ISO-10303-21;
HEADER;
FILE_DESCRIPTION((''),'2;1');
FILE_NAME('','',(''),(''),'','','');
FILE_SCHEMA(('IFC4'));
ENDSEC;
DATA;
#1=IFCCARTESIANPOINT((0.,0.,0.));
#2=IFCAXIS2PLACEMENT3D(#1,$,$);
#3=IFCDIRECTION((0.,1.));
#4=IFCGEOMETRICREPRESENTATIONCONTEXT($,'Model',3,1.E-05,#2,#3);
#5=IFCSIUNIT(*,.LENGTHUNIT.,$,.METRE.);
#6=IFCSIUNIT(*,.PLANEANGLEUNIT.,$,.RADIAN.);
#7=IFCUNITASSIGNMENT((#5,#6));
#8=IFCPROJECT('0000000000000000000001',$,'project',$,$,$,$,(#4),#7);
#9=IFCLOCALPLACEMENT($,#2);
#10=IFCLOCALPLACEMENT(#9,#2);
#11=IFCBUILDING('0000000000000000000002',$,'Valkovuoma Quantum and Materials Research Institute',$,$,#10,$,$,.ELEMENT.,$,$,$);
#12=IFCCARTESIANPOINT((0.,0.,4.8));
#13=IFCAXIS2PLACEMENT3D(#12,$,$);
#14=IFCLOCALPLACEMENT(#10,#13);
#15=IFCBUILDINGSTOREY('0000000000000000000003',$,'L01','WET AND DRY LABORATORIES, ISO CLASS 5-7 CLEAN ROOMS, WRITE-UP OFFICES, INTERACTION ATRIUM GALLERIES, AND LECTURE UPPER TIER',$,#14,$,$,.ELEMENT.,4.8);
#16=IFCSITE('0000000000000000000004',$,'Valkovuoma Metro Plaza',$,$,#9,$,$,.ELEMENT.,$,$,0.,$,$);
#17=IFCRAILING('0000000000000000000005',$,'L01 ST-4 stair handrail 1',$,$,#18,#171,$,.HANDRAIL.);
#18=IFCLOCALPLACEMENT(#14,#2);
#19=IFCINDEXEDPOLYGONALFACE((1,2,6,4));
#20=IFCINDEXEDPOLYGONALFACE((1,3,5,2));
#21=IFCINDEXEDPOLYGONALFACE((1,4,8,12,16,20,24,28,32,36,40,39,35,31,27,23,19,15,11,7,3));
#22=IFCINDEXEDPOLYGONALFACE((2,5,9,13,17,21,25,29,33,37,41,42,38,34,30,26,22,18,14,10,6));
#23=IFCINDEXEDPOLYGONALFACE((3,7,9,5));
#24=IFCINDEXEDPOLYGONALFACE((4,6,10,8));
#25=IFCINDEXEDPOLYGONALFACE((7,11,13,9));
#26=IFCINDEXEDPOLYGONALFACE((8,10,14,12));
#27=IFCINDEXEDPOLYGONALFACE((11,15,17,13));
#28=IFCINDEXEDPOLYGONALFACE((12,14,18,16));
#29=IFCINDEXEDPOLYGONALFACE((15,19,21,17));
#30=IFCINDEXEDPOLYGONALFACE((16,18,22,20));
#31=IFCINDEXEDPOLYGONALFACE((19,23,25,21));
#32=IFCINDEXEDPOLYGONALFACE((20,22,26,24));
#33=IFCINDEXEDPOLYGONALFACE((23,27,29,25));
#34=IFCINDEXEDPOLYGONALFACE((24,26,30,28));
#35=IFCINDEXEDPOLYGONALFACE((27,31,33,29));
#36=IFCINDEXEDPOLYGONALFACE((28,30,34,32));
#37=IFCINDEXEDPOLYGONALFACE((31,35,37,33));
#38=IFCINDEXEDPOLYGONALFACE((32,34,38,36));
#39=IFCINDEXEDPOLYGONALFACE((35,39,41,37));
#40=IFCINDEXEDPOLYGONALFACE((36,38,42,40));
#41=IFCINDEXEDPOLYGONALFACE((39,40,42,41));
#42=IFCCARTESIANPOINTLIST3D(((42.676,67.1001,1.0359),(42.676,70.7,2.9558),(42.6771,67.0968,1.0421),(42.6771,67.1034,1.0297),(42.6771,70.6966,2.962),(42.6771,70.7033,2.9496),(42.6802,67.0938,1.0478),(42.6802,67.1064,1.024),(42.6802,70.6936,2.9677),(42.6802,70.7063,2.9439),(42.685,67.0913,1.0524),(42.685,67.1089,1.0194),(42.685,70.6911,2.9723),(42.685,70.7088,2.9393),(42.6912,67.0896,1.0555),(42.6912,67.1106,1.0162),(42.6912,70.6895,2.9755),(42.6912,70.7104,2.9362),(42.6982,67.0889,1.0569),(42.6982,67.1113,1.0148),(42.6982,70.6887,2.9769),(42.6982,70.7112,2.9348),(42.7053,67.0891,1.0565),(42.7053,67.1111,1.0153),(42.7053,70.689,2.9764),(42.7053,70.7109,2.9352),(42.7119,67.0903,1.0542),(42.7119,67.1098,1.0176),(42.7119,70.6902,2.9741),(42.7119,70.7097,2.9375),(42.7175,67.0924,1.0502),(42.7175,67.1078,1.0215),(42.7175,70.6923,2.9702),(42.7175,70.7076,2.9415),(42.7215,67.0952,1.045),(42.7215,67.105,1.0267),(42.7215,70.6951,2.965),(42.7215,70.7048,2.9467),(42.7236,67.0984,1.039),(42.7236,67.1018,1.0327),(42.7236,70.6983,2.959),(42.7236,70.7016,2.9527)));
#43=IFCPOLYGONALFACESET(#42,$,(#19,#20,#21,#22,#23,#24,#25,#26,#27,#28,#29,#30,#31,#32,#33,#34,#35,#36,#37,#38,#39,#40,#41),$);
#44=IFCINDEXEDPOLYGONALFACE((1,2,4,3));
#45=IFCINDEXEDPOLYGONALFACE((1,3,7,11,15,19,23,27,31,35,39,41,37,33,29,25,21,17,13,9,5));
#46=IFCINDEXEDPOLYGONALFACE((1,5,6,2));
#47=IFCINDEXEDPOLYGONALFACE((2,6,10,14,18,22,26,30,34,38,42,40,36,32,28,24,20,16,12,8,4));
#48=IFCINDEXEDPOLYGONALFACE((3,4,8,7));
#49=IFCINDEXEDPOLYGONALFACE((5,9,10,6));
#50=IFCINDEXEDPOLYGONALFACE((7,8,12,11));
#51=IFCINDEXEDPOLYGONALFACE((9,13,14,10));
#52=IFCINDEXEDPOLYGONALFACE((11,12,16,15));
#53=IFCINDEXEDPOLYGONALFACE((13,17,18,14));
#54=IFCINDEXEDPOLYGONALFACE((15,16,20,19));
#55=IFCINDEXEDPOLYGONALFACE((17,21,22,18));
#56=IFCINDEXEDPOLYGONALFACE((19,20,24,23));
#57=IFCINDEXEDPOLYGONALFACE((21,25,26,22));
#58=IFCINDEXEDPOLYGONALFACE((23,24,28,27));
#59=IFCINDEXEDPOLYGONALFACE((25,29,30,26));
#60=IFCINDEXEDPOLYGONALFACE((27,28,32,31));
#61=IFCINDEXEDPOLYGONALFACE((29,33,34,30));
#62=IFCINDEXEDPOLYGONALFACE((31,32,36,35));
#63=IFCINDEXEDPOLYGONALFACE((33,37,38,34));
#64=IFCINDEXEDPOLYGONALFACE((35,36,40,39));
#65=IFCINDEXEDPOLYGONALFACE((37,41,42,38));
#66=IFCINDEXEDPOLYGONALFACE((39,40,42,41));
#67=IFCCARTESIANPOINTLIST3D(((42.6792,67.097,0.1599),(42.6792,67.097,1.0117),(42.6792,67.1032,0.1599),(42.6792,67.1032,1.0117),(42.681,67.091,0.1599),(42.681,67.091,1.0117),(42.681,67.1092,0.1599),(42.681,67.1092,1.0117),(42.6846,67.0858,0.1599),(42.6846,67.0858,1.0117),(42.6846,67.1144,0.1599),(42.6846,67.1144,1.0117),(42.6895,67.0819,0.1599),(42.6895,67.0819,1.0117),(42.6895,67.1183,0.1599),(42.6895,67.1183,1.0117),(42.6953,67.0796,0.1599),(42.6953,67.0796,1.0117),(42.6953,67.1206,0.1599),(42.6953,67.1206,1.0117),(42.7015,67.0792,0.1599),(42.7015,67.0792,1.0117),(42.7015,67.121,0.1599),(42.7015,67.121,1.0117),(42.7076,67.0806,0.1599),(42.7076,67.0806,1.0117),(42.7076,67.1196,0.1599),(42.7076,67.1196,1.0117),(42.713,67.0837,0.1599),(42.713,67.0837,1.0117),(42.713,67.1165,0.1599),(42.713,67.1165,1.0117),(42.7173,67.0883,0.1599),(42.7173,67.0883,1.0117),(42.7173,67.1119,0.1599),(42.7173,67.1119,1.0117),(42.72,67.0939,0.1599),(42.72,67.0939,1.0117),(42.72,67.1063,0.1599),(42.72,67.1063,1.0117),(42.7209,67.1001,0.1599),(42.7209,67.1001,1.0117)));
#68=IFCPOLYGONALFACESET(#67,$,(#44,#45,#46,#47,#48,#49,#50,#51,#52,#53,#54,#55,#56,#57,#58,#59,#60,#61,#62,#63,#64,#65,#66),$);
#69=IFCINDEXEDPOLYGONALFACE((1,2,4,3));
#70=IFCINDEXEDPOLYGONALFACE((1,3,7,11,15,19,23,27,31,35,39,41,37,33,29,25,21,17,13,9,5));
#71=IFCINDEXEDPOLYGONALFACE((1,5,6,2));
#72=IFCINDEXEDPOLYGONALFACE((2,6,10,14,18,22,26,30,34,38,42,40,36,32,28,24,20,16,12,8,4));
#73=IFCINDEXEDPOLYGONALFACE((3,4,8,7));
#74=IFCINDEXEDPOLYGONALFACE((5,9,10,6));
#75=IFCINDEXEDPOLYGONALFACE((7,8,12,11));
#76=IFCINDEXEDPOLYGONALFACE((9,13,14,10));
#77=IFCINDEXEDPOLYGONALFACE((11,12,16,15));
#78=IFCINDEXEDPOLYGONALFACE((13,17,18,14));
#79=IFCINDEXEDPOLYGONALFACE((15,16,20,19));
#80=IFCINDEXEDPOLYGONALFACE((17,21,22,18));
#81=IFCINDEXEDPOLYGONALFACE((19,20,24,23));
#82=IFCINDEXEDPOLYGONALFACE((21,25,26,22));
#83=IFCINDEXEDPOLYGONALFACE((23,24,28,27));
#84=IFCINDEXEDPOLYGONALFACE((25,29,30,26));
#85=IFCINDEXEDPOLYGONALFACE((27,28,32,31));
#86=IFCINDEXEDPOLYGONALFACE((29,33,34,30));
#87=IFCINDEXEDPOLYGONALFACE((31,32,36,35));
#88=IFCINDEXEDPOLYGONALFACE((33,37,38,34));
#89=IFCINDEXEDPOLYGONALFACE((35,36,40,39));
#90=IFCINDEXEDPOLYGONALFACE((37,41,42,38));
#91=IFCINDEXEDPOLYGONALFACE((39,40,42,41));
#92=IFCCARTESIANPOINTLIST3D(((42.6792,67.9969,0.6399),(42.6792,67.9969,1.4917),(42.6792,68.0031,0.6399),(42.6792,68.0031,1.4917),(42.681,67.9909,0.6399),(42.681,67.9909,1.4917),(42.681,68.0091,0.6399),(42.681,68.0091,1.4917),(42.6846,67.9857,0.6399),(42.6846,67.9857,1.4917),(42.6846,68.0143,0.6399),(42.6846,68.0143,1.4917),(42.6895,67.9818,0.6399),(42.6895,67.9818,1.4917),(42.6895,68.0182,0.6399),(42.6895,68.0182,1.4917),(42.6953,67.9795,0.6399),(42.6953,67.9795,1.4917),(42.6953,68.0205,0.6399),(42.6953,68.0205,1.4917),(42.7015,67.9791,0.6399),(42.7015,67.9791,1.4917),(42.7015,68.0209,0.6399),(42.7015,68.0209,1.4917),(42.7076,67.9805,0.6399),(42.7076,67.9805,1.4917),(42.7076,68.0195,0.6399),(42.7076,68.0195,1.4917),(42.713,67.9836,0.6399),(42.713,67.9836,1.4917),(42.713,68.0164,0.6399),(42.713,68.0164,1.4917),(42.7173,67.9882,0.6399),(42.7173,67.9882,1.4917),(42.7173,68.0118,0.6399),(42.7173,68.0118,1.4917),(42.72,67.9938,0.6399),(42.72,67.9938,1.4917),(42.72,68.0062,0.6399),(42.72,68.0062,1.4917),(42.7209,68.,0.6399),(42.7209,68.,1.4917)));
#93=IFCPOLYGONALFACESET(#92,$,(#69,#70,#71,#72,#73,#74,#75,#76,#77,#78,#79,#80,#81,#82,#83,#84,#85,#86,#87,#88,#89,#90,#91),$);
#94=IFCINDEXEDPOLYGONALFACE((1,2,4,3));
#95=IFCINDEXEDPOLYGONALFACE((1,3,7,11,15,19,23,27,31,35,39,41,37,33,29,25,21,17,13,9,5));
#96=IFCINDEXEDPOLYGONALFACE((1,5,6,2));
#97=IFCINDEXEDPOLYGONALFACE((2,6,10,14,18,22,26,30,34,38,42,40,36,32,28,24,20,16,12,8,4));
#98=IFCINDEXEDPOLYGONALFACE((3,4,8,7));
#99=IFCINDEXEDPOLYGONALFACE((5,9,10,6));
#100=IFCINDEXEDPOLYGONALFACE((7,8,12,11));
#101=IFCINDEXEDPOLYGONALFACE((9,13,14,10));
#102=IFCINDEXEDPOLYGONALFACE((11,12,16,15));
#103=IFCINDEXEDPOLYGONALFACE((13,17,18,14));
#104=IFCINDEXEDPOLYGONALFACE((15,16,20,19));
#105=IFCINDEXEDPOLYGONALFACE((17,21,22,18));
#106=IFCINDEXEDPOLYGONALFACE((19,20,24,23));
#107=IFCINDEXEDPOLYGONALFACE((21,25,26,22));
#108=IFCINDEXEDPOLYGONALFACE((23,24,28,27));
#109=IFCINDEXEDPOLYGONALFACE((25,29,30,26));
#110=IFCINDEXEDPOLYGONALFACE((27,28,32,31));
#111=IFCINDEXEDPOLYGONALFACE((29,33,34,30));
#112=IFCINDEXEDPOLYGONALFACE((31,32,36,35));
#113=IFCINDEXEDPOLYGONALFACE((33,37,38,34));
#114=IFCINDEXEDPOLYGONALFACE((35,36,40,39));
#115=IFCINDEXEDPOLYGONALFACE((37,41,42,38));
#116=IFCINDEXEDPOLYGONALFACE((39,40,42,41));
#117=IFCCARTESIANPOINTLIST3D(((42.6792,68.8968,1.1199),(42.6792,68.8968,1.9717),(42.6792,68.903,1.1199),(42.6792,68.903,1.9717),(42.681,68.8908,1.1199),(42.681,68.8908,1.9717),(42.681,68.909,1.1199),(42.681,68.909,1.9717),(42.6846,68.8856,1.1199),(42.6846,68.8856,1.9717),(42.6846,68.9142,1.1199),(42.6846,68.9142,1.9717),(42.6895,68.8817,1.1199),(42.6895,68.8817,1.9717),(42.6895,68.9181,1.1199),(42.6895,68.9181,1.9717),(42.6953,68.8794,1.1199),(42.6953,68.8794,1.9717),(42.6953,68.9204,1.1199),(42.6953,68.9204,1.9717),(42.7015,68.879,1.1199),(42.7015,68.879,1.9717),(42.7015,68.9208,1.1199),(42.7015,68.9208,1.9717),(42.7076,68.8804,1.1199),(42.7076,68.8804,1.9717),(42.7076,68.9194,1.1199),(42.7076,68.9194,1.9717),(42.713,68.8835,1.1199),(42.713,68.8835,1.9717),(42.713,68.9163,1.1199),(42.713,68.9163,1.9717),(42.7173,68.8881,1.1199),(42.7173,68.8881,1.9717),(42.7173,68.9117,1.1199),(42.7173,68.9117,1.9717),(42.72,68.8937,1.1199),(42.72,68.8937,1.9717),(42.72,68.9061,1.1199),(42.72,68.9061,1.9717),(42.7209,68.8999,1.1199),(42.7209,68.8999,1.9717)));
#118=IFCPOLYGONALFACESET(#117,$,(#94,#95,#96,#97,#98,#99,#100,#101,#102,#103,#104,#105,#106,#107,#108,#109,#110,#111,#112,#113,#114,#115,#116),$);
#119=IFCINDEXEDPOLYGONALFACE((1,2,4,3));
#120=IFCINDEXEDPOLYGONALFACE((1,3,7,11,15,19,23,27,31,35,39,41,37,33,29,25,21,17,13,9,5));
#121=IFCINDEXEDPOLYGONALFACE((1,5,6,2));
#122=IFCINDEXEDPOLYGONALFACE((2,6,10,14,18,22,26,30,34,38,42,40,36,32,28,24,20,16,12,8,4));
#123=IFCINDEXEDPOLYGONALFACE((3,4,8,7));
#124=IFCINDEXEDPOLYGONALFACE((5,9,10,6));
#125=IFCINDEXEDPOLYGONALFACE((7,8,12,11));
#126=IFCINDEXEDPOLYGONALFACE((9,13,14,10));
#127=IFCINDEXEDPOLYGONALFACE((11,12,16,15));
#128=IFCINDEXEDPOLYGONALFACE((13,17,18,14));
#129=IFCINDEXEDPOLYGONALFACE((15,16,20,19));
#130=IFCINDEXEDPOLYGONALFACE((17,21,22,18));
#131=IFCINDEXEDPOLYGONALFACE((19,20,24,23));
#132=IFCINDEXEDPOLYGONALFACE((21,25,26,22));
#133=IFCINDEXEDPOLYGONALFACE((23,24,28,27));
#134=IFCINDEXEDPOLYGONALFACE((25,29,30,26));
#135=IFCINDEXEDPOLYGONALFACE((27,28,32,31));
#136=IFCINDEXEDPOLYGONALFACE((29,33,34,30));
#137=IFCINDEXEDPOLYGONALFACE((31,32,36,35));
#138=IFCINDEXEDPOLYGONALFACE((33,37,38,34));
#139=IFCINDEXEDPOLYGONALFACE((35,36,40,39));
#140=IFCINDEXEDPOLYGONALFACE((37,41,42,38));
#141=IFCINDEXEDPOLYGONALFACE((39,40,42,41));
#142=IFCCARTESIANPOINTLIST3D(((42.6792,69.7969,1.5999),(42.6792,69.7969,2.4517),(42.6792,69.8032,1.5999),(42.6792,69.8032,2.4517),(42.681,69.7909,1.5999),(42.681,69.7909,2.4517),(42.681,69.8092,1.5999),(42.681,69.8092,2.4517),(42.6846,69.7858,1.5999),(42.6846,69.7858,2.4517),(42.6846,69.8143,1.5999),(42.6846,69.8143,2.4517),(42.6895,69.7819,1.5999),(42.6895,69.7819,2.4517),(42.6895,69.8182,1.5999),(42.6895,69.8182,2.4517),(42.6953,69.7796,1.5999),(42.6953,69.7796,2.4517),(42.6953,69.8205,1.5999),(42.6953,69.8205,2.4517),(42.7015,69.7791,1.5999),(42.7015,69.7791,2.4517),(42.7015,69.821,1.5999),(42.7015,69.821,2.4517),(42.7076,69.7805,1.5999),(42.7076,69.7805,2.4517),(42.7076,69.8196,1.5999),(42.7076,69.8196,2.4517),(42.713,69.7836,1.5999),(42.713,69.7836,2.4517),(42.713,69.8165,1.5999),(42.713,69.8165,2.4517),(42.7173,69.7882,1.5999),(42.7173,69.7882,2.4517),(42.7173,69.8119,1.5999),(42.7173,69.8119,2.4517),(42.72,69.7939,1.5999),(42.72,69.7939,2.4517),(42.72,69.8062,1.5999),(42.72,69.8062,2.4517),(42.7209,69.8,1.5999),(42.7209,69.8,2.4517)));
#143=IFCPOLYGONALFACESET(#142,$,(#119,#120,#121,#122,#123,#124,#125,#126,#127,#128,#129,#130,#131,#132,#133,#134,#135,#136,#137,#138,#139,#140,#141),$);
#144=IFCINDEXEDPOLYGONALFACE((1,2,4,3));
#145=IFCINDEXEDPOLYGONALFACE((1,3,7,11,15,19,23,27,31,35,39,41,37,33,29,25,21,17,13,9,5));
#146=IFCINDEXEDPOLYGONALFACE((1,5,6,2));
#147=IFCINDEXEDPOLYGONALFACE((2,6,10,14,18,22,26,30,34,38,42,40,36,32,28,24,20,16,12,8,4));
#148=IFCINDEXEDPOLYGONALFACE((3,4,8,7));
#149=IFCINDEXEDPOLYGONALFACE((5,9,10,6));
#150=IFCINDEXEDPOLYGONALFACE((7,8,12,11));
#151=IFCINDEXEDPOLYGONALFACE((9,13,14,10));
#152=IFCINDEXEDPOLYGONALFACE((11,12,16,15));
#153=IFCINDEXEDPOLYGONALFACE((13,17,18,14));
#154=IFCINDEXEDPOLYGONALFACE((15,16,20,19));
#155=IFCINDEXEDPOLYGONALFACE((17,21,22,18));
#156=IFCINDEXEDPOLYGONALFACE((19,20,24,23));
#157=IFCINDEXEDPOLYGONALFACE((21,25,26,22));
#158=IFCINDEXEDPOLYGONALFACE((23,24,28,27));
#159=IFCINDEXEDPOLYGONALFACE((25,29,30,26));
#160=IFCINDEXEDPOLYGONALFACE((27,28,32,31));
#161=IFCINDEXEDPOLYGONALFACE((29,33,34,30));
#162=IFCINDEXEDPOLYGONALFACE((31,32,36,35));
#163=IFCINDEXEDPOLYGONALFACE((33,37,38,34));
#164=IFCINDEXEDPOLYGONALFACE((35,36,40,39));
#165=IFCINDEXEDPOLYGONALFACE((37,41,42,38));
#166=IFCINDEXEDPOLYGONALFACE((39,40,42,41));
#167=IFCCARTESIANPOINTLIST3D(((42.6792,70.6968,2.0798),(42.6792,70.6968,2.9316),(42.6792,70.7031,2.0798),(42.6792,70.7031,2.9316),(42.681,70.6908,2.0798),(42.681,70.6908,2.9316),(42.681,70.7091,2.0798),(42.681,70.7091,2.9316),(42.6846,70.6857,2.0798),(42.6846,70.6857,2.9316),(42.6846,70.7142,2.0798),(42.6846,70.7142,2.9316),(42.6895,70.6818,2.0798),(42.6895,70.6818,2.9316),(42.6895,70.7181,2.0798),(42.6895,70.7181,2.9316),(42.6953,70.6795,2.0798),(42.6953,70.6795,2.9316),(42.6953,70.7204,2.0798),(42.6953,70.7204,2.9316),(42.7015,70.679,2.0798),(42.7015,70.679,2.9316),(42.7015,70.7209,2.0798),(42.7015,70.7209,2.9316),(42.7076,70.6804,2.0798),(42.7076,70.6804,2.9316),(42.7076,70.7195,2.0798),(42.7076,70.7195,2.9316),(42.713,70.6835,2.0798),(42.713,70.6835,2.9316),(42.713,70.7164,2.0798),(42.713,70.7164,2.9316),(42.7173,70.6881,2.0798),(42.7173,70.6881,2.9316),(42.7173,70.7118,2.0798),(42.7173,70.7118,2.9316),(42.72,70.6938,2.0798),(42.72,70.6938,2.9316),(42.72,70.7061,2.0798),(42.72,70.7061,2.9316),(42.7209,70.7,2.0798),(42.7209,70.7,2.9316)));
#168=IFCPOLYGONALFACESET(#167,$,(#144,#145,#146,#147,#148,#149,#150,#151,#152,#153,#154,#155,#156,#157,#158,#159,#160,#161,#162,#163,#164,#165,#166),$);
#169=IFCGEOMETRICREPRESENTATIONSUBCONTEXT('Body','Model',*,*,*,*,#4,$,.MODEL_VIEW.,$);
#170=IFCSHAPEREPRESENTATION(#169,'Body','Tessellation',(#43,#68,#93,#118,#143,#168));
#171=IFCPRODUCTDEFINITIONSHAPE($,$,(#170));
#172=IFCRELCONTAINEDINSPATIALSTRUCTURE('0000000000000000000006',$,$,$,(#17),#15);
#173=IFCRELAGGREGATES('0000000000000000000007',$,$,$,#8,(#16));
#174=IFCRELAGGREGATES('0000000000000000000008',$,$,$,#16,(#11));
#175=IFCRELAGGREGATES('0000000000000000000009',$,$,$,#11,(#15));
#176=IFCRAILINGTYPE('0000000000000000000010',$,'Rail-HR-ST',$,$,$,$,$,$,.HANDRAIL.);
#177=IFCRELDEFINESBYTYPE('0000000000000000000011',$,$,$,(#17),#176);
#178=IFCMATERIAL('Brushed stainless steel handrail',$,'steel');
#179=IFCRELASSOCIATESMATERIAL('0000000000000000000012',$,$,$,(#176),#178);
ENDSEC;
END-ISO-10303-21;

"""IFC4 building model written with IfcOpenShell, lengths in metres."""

from ifc_helpers import new_model, si_unit, direction, frame, origin, origin_2d, place, context, subcontext, project, spatial, circle, extrude, material, type_object, element, save


model = new_model("IFC4")

# Units and contexts
model_context = context("Model", 3, precision=1e-05, world=origin(), true_north=direction((0.0, 1.0)))
body_context = subcontext(model_context, "Body", "Model", "MODEL_VIEW")
ifc_project = project(units=[si_unit("LENGTHUNIT", "METRE"), si_unit("PLANEANGLEUNIT", "RADIAN")], contexts=[model_context])

# Site, building, storey
site_placement = place(None, origin())
site = spatial("IfcSite", under=ifc_project, at=site_placement, Name="Valkovuoma Metro Plaza", CompositionType="ELEMENT", RefElevation=0.0)
building_placement = place(site_placement, origin())
building = spatial("IfcBuilding", under=site, at=building_placement, Name="Valkovuoma Quantum and Materials Research Institute", CompositionType="ELEMENT")
storey_placement = place(building_placement, frame((0.0, 0.0, 4.8)))
storey = spatial("IfcBuildingStorey", under=building, at=storey_placement, Name="L01", Description="WET AND DRY LABORATORIES, ISO CLASS 5-7 CLEAN ROOMS, WRITE-UP OFFICES, INTERACTION ATRIUM GALLERIES, AND LECTURE UPPER TIER", CompositionType="ELEMENT", Elevation=4.8)

# Railing
ifc_material_1 = material(Name="Brushed stainless steel handrail", Category="steel")
railing_type_1 = type_object("IfcRailingType", Name="Rail-HR-ST", PredefinedType="HANDRAIL", material=ifc_material_1)
railing_1_placement = place(storey_placement, frame((42.7, 67.1001, 0.1599)))
element("IfcRailing", 1, at=railing_1_placement, inside=storey, type_object=railing_type_1, Name="L01 ST-4 stair handrail 1", PredefinedType="HANDRAIL", context=body_context, shape_type="SweptSolid", body=[
    extrude(circle(Radius=0.0239, at=origin_2d()), frame((0.0, 0.0, 0.876), z_axis=(0.0, 0.882353, 0.470588), x_axis=(-1.0, 0.0, 0.0)), (0.0, 0.0, 1.0), 4.0798),
    extrude(circle(Radius=0.021, at=origin_2d()), origin(), (0.0, 0.0, 1.0), 0.8518),
    extrude(circle(Radius=0.021, at=origin_2d()), frame((0.0, 0.8999, 0.48)), (0.0, 0.0, 1.0), 0.8518),
    extrude(circle(Radius=0.021, at=origin_2d()), frame((0.0, 1.7998, 0.96)), (0.0, 0.0, 1.0), 0.8518),
    extrude(circle(Radius=0.021, at=origin_2d()), frame((0.0, 2.7, 1.4399)), (0.0, 0.0, 1.0), 0.8518),
    extrude(circle(Radius=0.021, at=origin_2d()), frame((0.0, 3.5999, 1.9199)), (0.0, 0.0, 1.0), 0.8518),
])

save(model, "model.ifc")
